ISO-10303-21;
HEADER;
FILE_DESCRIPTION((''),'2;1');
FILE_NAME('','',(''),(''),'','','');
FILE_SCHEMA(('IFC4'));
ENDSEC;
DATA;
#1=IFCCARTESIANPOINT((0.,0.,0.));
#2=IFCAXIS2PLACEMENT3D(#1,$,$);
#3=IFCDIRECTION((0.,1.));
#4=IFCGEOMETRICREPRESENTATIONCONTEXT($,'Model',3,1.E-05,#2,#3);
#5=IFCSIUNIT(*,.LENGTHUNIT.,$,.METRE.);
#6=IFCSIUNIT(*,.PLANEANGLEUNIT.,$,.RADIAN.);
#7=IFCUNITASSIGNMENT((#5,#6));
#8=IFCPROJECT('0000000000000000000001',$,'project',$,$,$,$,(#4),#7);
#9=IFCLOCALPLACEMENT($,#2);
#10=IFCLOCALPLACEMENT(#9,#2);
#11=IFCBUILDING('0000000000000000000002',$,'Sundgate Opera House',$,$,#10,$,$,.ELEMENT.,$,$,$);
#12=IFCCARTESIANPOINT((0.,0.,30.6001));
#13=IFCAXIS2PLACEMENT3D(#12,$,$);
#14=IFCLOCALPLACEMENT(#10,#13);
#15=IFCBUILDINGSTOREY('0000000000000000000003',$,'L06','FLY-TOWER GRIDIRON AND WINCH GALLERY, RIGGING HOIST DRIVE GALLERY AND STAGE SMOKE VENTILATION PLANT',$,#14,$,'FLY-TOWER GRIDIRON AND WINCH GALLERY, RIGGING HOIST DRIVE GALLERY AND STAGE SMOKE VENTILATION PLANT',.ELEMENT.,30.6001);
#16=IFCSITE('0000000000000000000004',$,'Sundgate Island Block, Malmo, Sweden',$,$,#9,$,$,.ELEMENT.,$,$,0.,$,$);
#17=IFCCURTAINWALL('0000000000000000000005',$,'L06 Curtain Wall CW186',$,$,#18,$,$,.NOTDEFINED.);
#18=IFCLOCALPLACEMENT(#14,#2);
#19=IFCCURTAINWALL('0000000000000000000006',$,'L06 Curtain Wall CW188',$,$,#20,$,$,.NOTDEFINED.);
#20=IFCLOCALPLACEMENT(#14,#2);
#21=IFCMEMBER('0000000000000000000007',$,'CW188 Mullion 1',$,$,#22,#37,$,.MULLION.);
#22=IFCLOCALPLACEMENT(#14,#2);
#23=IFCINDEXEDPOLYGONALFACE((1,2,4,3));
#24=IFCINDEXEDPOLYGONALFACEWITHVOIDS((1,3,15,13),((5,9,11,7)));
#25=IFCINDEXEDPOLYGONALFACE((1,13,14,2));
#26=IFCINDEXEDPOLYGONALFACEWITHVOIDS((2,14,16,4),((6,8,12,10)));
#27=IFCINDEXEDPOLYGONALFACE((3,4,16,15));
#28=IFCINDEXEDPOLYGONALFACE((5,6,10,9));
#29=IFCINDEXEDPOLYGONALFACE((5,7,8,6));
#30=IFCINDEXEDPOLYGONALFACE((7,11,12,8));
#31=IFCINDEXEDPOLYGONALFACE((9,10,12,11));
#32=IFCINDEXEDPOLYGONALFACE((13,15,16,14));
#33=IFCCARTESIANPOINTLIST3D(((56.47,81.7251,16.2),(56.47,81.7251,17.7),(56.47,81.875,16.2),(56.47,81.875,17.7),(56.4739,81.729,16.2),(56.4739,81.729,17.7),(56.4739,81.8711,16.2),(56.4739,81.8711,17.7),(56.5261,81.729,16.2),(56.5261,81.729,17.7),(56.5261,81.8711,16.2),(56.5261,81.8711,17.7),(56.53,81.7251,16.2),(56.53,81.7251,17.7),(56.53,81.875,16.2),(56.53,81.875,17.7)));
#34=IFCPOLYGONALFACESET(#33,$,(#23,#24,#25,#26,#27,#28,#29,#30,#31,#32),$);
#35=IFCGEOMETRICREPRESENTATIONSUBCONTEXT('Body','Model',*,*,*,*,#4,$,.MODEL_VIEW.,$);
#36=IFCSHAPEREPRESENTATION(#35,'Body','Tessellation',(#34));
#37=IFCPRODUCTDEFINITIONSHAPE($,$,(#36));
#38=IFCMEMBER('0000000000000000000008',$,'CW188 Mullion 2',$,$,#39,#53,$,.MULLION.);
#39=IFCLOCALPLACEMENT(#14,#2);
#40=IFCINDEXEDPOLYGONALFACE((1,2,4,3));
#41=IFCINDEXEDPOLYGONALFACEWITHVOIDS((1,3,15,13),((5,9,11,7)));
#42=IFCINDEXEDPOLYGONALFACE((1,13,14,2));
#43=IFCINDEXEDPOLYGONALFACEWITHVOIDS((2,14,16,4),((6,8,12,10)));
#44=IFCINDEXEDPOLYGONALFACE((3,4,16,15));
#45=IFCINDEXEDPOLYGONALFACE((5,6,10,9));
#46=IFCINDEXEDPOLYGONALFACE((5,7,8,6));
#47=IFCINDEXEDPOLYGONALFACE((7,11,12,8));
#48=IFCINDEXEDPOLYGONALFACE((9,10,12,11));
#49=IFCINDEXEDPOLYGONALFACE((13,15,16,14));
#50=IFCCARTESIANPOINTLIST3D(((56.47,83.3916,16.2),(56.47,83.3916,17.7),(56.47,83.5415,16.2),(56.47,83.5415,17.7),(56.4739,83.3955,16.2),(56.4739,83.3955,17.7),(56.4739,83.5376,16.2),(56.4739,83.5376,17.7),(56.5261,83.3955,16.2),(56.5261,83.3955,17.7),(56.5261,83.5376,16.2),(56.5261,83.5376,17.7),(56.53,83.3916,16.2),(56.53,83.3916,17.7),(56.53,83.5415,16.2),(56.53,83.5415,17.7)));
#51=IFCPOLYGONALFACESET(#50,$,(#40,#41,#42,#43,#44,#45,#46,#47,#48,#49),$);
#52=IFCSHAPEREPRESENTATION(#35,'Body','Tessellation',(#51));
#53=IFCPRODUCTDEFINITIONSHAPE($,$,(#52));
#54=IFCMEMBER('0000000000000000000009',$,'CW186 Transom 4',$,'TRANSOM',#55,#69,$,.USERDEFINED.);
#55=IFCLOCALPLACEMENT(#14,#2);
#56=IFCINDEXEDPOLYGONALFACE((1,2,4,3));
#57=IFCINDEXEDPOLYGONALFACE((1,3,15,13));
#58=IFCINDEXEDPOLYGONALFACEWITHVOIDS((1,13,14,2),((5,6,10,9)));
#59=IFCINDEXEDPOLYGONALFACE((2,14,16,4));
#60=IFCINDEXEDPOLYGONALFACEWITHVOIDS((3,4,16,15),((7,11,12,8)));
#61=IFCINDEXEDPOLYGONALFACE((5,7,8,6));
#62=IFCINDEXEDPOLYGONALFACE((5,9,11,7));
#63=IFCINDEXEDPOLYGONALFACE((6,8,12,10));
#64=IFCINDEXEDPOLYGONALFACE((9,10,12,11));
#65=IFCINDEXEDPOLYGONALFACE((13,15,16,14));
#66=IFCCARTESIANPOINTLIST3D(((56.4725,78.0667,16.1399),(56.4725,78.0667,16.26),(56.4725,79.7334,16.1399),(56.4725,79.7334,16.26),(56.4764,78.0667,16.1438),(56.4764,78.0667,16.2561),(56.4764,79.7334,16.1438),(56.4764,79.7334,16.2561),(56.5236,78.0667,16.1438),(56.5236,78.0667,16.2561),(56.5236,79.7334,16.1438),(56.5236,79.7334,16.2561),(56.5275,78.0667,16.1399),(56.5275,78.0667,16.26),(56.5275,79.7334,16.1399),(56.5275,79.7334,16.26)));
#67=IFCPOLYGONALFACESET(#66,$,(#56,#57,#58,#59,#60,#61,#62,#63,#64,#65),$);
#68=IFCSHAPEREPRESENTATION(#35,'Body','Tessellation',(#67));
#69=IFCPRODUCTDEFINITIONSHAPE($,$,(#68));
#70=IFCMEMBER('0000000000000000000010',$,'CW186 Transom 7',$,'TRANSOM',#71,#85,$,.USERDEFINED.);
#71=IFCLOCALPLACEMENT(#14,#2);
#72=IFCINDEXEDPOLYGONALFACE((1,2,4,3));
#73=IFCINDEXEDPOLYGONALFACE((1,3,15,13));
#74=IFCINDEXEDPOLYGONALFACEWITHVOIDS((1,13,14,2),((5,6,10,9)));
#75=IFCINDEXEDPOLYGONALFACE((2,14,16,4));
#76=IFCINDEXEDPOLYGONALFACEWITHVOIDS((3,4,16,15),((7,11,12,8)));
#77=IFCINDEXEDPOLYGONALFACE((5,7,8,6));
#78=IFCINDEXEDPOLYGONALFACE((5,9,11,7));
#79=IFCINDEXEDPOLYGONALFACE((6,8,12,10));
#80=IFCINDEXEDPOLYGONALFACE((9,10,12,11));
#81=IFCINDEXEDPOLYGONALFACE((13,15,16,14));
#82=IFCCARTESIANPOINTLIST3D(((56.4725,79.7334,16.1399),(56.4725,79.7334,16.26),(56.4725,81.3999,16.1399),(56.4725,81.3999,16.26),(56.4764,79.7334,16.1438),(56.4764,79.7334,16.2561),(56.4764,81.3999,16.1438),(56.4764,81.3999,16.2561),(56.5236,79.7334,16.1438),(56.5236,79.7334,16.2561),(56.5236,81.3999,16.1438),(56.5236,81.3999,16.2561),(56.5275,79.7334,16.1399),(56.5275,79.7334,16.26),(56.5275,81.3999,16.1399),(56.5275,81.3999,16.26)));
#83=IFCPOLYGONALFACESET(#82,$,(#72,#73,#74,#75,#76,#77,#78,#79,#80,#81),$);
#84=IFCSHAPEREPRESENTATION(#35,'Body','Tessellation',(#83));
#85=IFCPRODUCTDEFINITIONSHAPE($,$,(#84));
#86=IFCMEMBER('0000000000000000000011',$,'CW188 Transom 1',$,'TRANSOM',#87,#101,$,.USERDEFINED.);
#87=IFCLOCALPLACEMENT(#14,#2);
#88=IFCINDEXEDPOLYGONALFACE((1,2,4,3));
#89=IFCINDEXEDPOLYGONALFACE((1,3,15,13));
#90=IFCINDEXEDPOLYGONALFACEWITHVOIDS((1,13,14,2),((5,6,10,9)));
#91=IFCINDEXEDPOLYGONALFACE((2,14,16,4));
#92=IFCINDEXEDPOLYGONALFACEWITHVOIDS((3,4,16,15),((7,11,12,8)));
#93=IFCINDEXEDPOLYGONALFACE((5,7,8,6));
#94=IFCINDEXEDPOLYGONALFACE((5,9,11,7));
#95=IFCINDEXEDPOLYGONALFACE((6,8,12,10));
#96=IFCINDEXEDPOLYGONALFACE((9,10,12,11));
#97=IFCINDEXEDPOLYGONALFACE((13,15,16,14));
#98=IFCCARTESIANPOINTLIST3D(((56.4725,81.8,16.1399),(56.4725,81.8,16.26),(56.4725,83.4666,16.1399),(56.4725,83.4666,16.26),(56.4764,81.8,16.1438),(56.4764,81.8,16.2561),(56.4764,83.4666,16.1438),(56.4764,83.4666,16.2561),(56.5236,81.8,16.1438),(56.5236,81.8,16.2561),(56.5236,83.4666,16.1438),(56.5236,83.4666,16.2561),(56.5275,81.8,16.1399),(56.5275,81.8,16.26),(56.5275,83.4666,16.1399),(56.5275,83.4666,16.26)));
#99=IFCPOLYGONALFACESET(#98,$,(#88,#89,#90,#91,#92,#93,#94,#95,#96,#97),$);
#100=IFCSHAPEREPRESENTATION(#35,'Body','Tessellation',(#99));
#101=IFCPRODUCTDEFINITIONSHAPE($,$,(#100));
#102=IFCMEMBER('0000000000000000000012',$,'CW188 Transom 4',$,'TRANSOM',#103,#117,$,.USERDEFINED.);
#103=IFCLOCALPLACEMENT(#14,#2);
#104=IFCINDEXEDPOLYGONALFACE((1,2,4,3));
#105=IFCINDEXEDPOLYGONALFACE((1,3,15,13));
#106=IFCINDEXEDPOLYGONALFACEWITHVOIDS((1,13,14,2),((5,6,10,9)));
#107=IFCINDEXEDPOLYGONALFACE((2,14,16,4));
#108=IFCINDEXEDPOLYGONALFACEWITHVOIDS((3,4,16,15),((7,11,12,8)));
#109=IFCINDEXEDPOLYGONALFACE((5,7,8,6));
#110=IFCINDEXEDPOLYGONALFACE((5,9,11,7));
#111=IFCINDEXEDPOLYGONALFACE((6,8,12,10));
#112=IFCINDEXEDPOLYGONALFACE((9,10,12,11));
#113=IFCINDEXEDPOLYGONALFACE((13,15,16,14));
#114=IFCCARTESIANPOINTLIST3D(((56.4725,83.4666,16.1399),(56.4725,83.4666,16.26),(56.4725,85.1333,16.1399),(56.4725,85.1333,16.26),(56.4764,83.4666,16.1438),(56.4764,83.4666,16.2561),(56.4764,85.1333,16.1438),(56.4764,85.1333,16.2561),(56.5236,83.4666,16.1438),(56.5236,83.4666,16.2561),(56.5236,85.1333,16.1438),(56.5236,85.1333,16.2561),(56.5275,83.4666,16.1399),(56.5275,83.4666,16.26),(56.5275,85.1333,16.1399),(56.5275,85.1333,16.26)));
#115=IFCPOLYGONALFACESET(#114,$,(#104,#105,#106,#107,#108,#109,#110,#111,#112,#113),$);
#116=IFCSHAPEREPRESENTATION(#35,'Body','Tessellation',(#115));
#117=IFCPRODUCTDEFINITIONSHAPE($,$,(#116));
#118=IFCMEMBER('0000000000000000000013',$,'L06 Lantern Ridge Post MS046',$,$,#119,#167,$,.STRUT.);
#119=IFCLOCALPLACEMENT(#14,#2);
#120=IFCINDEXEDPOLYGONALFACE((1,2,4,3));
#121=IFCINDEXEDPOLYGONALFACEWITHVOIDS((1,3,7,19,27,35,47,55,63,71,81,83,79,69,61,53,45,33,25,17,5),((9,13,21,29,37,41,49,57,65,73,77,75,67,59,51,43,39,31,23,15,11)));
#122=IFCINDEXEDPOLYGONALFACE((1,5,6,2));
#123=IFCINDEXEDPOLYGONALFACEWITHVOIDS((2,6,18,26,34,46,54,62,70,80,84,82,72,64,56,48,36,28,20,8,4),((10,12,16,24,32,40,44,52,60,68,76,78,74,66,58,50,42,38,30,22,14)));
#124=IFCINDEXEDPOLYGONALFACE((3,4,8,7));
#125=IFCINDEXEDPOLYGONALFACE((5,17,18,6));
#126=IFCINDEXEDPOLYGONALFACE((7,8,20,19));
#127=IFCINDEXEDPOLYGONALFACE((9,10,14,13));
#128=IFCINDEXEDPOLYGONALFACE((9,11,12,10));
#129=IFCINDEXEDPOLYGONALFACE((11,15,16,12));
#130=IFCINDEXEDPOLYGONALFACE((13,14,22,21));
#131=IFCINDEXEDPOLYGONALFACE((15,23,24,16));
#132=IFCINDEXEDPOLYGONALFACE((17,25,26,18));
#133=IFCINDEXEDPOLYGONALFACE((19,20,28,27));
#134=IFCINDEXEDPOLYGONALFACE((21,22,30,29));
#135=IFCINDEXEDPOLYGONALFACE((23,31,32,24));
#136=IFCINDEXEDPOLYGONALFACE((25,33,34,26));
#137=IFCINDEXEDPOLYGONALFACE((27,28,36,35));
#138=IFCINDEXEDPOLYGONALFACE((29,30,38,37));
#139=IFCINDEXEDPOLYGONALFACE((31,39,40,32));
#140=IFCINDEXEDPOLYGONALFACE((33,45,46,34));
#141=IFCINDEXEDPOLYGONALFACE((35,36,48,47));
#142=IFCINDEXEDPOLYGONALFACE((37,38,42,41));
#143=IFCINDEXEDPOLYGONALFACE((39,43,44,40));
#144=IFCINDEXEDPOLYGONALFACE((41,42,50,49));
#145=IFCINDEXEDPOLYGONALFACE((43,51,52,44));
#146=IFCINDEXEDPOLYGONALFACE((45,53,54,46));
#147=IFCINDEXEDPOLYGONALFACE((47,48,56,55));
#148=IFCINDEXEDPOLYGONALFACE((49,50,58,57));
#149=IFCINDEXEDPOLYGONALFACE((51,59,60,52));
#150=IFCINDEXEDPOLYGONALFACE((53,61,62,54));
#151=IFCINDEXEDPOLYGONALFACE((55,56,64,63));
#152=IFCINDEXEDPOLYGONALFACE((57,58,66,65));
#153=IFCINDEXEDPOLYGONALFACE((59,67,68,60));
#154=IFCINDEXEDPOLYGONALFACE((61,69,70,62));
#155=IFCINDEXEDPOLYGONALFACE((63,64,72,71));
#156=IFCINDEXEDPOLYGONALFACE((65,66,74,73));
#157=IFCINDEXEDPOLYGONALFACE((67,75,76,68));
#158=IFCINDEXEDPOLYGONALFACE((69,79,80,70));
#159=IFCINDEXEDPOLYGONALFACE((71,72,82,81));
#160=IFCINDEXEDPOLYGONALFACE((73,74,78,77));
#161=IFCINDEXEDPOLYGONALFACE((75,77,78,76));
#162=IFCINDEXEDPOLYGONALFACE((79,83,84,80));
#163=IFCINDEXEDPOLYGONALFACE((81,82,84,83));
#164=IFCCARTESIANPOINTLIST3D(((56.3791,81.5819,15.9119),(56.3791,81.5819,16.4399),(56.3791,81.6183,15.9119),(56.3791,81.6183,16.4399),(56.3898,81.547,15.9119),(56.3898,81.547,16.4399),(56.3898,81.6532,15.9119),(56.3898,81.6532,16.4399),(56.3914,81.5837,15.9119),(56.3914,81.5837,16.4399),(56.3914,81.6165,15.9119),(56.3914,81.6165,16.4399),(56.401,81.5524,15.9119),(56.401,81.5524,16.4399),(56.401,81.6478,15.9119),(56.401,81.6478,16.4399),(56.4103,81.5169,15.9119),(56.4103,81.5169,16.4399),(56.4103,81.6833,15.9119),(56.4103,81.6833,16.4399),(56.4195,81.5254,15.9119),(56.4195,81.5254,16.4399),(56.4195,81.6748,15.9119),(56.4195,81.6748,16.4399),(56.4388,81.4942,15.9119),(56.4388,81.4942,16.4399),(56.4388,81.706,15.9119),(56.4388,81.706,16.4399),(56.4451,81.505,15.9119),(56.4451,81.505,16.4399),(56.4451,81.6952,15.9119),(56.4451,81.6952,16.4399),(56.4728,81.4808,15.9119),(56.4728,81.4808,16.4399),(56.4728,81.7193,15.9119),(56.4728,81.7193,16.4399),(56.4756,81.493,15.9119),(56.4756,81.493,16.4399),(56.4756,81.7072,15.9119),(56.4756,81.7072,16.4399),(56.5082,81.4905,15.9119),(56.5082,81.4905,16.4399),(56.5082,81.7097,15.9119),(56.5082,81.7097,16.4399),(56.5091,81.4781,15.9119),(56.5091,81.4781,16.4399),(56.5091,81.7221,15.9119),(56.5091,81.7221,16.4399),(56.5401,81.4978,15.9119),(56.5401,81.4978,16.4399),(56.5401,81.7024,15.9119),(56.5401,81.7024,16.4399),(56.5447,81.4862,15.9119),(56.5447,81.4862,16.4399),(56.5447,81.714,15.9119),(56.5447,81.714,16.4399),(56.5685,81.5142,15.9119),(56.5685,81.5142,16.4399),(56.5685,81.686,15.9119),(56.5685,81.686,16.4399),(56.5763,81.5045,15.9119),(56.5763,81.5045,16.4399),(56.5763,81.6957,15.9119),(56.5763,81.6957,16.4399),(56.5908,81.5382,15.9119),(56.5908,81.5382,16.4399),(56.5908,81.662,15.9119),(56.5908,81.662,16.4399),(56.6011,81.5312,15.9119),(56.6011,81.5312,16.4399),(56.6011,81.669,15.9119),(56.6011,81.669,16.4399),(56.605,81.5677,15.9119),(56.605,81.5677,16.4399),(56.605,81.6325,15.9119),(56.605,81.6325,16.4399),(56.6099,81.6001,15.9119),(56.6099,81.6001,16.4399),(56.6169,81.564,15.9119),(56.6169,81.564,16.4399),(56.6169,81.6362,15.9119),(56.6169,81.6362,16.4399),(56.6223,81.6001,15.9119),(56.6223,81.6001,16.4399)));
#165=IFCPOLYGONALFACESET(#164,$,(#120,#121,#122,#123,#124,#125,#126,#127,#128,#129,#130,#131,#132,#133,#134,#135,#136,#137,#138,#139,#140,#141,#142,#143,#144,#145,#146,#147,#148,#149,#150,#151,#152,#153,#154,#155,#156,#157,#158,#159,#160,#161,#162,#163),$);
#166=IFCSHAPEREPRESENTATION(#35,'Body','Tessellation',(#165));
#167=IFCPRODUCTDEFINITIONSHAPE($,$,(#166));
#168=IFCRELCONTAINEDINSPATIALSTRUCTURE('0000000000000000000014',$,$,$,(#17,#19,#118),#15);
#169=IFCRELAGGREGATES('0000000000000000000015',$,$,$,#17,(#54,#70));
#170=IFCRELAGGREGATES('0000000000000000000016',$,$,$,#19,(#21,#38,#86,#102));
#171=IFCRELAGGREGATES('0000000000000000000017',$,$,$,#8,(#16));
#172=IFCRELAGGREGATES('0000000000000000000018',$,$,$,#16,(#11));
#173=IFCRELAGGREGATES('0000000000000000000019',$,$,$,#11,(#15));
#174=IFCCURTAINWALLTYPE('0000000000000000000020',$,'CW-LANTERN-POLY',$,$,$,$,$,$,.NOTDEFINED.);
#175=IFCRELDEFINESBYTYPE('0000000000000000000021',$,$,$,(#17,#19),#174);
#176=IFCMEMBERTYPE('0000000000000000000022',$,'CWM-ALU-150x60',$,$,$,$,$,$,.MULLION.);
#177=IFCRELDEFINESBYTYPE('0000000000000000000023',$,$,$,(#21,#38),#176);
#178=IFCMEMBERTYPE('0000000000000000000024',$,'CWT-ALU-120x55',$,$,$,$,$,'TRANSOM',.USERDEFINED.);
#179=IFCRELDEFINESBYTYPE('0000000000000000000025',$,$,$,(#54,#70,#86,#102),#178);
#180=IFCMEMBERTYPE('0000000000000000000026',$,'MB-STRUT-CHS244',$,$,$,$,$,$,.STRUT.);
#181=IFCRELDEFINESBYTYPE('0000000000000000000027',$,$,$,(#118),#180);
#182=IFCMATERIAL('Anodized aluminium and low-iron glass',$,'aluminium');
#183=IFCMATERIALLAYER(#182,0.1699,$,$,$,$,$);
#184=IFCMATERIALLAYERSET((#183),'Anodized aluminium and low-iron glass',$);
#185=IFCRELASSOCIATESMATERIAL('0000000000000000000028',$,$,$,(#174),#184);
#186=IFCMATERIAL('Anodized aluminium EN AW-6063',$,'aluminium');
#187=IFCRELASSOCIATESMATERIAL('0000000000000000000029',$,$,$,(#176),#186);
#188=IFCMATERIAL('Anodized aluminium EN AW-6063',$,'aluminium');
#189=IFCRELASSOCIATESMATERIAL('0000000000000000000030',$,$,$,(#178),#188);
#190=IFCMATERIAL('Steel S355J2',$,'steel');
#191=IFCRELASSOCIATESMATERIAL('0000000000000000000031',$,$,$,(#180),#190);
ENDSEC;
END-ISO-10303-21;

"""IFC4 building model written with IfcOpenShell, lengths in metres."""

from ifc_helpers import new_model, si_unit, direction, frame, origin, origin_2d, place, context, subcontext, project, spatial, hollow_rectangle, hollow_circle, extrude, material, layer, layer_set, material_profile, profile_set, type_object, element, aggregate, save


model = new_model("IFC4")

# Units and contexts
model_context = context("Model", 3, precision=1e-05, world=origin(), true_north=direction((0.0, 1.0)))
body_context = subcontext(model_context, "Body", "Model", "MODEL_VIEW")
ifc_project = project(units=[si_unit("LENGTHUNIT", "METRE"), si_unit("PLANEANGLEUNIT", "RADIAN")], contexts=[model_context])

# Site, building, storey
site_placement = place(None, origin())
site = spatial("IfcSite", under=ifc_project, at=site_placement, Name="Sundgate Island Block, Malmo, Sweden", CompositionType="ELEMENT", RefElevation=0.0)
building_placement = place(site_placement, origin())
building = spatial("IfcBuilding", under=site, at=building_placement, Name="Sundgate Opera House", CompositionType="ELEMENT")
storey_placement = place(building_placement, frame((0.0, 0.0, 30.6001)))
storey = spatial("IfcBuildingStorey", under=building, at=storey_placement, Name="L06", Description="FLY-TOWER GRIDIRON AND WINCH GALLERY, RIGGING HOIST DRIVE GALLERY AND STAGE SMOKE VENTILATION PLANT", LongName="FLY-TOWER GRIDIRON AND WINCH GALLERY, RIGGING HOIST DRIVE GALLERY AND STAGE SMOKE VENTILATION PLANT", CompositionType="ELEMENT", Elevation=30.6001)

# Curtain walls, members
ifc_material_1 = material(Name="Anodized aluminium and low-iron glass", Category="aluminium")
ifc_layer_1 = layer(ifc_material_1, 0.1699)
ifc_layer_set_1 = layer_set([ifc_layer_1], Name="Anodized aluminium and low-iron glass")
curtain_wall_type = type_object("IfcCurtainWallType", Name="CW-LANTERN-POLY", PredefinedType="NOTDEFINED", material=ifc_layer_set_1)
curtain_wall_1_placement = place(storey_placement, origin())
curtain_wall_1 = element("IfcCurtainWall", 1, at=curtain_wall_1_placement, inside=storey, type_object=curtain_wall_type, Name="L06 Curtain Wall CW186", PredefinedType="NOTDEFINED")
ifc_material_2 = material(Name="Anodized aluminium EN AW-6063", Category="aluminium")
ifc_material_profile_1 = material_profile(ifc_material_2, hollow_rectangle(XDim=0.0601, YDim=0.1499, WallThickness=0.0039, at=origin_2d()), Name="CWM 150x60x4")
ifc_profile_set_1 = profile_set([ifc_material_profile_1], Name="Anodized aluminium EN AW-6063")
member_type_1 = type_object("IfcMemberType", Name="CWM-ALU-150x60", PredefinedType="MULLION", material=ifc_profile_set_1)
curtain_wall_2_placement = place(storey_placement, origin())
curtain_wall_2 = element("IfcCurtainWall", 2, at=curtain_wall_2_placement, inside=storey, type_object=curtain_wall_type, Name="L06 Curtain Wall CW188", PredefinedType="NOTDEFINED")
member_1_placement = place(storey_placement, frame((56.5, 81.8, 16.2), z_axis=(0.0, 0.0, 1.0), x_axis=(1.0, 0.0, 0.0)))
member_1 = element("IfcMember", 3, at=member_1_placement, type_object=member_type_1, Name="CW188 Mullion 1", PredefinedType="MULLION", context=body_context, shape_type="SweptSolid", body=[
    extrude(hollow_rectangle(XDim=0.0601, YDim=0.1499, WallThickness=0.0039, at=origin_2d()), origin(), (0.0, 0.0, 1.0), 1.5),
])
member_2_placement = place(storey_placement, frame((56.5, 83.4666, 16.2), z_axis=(0.0, 0.0, 1.0), x_axis=(1.0, 0.0, 0.0)))
member_2 = element("IfcMember", 4, at=member_2_placement, type_object=member_type_1, Name="CW188 Mullion 2", PredefinedType="MULLION", context=body_context, shape_type="SweptSolid", body=[
    extrude(hollow_rectangle(XDim=0.0601, YDim=0.1499, WallThickness=0.0039, at=origin_2d()), origin(), (0.0, 0.0, 1.0), 1.5),
])

# Members
ifc_material_3 = material(Name="Anodized aluminium EN AW-6063", Category="aluminium")
ifc_material_profile_2 = material_profile(ifc_material_3, hollow_rectangle(XDim=0.0549, YDim=0.1201, WallThickness=0.0039, at=origin_2d()), Name="CWT 120x55x4")
ifc_profile_set_2 = profile_set([ifc_material_profile_2], Name="Anodized aluminium EN AW-6063")
member_type_2 = type_object("IfcMemberType", Name="CWT-ALU-120x55", ElementType="TRANSOM", PredefinedType="USERDEFINED", material=ifc_profile_set_2)
member_3_placement = place(storey_placement, frame((56.5, 78.0667, 16.2), z_axis=(0.0, 1.0, 0.0), x_axis=(-1.0, 0.0, 0.0)))
member_3 = element("IfcMember", 5, at=member_3_placement, type_object=member_type_2, Name="CW186 Transom 4", ObjectType="TRANSOM", PredefinedType="USERDEFINED", context=body_context, shape_type="SweptSolid", body=[
    extrude(hollow_rectangle(XDim=0.0549, YDim=0.1201, WallThickness=0.0039, at=origin_2d()), origin(), (0.0, 0.0, 1.0), 1.6667),
])
member_4_placement = place(storey_placement, frame((56.5, 79.7334, 16.2), z_axis=(0.0, 1.0, 0.0), x_axis=(-1.0, 0.0, 0.0)))
member_4 = element("IfcMember", 6, at=member_4_placement, type_object=member_type_2, Name="CW186 Transom 7", ObjectType="TRANSOM", PredefinedType="USERDEFINED", context=body_context, shape_type="SweptSolid", body=[
    extrude(hollow_rectangle(XDim=0.0549, YDim=0.1201, WallThickness=0.0039, at=origin_2d()), origin(), (0.0, 0.0, 1.0), 1.6665),
])
aggregate(curtain_wall_1, [member_3, member_4])
member_5_placement = place(storey_placement, frame((56.5, 81.8, 16.2), z_axis=(0.0, 1.0, 0.0), x_axis=(-1.0, 0.0, 0.0)))
member_5 = element("IfcMember", 7, at=member_5_placement, type_object=member_type_2, Name="CW188 Transom 1", ObjectType="TRANSOM", PredefinedType="USERDEFINED", context=body_context, shape_type="SweptSolid", body=[
    extrude(hollow_rectangle(XDim=0.0549, YDim=0.1201, WallThickness=0.0039, at=origin_2d()), origin(), (0.0, 0.0, 1.0), 1.6665),
])
member_6_placement = place(storey_placement, frame((56.5, 83.4666, 16.2), z_axis=(0.0, 1.0, 0.0), x_axis=(-1.0, 0.0, 0.0)))
member_6 = element("IfcMember", 8, at=member_6_placement, type_object=member_type_2, Name="CW188 Transom 4", ObjectType="TRANSOM", PredefinedType="USERDEFINED", context=body_context, shape_type="SweptSolid", body=[
    extrude(hollow_rectangle(XDim=0.0549, YDim=0.1201, WallThickness=0.0039, at=origin_2d()), origin(), (0.0, 0.0, 1.0), 1.6667),
])
aggregate(curtain_wall_2, [member_1, member_2, member_5, member_6])

# Member
ifc_material_4 = material(Name="Steel S355J2", Category="steel")
ifc_material_profile_3 = material_profile(ifc_material_4, hollow_circle(Radius=0.1223, WallThickness=0.0125, at=origin_2d()), Name="CHS 244.5x12.5")
ifc_profile_set_3 = profile_set([ifc_material_profile_3], Name="Steel S355J2")
member_type_3 = type_object("IfcMemberType", Name="MB-STRUT-CHS244", PredefinedType="STRUT", material=ifc_profile_set_3)
for number, where, z_axis, x_axis, name in (
    (9, (56.5, 81.6001, 15.9119), (0.0, 0.0, 1.0), (1.0, 0.0, 0.0), "L06 Lantern Ridge Post MS046"),
):
    element("IfcMember", number, at=place(storey_placement, frame(where, z_axis=z_axis, x_axis=x_axis)), inside=storey, type_object=member_type_3, Name=name, PredefinedType="STRUT", context=body_context, shape_type="SweptSolid", body=[
        extrude(hollow_circle(Radius=0.1223, WallThickness=0.0125, at=origin_2d()), origin(), (0.0, 0.0, 1.0), 0.5281),
    ])

save(model, "model.ifc")
